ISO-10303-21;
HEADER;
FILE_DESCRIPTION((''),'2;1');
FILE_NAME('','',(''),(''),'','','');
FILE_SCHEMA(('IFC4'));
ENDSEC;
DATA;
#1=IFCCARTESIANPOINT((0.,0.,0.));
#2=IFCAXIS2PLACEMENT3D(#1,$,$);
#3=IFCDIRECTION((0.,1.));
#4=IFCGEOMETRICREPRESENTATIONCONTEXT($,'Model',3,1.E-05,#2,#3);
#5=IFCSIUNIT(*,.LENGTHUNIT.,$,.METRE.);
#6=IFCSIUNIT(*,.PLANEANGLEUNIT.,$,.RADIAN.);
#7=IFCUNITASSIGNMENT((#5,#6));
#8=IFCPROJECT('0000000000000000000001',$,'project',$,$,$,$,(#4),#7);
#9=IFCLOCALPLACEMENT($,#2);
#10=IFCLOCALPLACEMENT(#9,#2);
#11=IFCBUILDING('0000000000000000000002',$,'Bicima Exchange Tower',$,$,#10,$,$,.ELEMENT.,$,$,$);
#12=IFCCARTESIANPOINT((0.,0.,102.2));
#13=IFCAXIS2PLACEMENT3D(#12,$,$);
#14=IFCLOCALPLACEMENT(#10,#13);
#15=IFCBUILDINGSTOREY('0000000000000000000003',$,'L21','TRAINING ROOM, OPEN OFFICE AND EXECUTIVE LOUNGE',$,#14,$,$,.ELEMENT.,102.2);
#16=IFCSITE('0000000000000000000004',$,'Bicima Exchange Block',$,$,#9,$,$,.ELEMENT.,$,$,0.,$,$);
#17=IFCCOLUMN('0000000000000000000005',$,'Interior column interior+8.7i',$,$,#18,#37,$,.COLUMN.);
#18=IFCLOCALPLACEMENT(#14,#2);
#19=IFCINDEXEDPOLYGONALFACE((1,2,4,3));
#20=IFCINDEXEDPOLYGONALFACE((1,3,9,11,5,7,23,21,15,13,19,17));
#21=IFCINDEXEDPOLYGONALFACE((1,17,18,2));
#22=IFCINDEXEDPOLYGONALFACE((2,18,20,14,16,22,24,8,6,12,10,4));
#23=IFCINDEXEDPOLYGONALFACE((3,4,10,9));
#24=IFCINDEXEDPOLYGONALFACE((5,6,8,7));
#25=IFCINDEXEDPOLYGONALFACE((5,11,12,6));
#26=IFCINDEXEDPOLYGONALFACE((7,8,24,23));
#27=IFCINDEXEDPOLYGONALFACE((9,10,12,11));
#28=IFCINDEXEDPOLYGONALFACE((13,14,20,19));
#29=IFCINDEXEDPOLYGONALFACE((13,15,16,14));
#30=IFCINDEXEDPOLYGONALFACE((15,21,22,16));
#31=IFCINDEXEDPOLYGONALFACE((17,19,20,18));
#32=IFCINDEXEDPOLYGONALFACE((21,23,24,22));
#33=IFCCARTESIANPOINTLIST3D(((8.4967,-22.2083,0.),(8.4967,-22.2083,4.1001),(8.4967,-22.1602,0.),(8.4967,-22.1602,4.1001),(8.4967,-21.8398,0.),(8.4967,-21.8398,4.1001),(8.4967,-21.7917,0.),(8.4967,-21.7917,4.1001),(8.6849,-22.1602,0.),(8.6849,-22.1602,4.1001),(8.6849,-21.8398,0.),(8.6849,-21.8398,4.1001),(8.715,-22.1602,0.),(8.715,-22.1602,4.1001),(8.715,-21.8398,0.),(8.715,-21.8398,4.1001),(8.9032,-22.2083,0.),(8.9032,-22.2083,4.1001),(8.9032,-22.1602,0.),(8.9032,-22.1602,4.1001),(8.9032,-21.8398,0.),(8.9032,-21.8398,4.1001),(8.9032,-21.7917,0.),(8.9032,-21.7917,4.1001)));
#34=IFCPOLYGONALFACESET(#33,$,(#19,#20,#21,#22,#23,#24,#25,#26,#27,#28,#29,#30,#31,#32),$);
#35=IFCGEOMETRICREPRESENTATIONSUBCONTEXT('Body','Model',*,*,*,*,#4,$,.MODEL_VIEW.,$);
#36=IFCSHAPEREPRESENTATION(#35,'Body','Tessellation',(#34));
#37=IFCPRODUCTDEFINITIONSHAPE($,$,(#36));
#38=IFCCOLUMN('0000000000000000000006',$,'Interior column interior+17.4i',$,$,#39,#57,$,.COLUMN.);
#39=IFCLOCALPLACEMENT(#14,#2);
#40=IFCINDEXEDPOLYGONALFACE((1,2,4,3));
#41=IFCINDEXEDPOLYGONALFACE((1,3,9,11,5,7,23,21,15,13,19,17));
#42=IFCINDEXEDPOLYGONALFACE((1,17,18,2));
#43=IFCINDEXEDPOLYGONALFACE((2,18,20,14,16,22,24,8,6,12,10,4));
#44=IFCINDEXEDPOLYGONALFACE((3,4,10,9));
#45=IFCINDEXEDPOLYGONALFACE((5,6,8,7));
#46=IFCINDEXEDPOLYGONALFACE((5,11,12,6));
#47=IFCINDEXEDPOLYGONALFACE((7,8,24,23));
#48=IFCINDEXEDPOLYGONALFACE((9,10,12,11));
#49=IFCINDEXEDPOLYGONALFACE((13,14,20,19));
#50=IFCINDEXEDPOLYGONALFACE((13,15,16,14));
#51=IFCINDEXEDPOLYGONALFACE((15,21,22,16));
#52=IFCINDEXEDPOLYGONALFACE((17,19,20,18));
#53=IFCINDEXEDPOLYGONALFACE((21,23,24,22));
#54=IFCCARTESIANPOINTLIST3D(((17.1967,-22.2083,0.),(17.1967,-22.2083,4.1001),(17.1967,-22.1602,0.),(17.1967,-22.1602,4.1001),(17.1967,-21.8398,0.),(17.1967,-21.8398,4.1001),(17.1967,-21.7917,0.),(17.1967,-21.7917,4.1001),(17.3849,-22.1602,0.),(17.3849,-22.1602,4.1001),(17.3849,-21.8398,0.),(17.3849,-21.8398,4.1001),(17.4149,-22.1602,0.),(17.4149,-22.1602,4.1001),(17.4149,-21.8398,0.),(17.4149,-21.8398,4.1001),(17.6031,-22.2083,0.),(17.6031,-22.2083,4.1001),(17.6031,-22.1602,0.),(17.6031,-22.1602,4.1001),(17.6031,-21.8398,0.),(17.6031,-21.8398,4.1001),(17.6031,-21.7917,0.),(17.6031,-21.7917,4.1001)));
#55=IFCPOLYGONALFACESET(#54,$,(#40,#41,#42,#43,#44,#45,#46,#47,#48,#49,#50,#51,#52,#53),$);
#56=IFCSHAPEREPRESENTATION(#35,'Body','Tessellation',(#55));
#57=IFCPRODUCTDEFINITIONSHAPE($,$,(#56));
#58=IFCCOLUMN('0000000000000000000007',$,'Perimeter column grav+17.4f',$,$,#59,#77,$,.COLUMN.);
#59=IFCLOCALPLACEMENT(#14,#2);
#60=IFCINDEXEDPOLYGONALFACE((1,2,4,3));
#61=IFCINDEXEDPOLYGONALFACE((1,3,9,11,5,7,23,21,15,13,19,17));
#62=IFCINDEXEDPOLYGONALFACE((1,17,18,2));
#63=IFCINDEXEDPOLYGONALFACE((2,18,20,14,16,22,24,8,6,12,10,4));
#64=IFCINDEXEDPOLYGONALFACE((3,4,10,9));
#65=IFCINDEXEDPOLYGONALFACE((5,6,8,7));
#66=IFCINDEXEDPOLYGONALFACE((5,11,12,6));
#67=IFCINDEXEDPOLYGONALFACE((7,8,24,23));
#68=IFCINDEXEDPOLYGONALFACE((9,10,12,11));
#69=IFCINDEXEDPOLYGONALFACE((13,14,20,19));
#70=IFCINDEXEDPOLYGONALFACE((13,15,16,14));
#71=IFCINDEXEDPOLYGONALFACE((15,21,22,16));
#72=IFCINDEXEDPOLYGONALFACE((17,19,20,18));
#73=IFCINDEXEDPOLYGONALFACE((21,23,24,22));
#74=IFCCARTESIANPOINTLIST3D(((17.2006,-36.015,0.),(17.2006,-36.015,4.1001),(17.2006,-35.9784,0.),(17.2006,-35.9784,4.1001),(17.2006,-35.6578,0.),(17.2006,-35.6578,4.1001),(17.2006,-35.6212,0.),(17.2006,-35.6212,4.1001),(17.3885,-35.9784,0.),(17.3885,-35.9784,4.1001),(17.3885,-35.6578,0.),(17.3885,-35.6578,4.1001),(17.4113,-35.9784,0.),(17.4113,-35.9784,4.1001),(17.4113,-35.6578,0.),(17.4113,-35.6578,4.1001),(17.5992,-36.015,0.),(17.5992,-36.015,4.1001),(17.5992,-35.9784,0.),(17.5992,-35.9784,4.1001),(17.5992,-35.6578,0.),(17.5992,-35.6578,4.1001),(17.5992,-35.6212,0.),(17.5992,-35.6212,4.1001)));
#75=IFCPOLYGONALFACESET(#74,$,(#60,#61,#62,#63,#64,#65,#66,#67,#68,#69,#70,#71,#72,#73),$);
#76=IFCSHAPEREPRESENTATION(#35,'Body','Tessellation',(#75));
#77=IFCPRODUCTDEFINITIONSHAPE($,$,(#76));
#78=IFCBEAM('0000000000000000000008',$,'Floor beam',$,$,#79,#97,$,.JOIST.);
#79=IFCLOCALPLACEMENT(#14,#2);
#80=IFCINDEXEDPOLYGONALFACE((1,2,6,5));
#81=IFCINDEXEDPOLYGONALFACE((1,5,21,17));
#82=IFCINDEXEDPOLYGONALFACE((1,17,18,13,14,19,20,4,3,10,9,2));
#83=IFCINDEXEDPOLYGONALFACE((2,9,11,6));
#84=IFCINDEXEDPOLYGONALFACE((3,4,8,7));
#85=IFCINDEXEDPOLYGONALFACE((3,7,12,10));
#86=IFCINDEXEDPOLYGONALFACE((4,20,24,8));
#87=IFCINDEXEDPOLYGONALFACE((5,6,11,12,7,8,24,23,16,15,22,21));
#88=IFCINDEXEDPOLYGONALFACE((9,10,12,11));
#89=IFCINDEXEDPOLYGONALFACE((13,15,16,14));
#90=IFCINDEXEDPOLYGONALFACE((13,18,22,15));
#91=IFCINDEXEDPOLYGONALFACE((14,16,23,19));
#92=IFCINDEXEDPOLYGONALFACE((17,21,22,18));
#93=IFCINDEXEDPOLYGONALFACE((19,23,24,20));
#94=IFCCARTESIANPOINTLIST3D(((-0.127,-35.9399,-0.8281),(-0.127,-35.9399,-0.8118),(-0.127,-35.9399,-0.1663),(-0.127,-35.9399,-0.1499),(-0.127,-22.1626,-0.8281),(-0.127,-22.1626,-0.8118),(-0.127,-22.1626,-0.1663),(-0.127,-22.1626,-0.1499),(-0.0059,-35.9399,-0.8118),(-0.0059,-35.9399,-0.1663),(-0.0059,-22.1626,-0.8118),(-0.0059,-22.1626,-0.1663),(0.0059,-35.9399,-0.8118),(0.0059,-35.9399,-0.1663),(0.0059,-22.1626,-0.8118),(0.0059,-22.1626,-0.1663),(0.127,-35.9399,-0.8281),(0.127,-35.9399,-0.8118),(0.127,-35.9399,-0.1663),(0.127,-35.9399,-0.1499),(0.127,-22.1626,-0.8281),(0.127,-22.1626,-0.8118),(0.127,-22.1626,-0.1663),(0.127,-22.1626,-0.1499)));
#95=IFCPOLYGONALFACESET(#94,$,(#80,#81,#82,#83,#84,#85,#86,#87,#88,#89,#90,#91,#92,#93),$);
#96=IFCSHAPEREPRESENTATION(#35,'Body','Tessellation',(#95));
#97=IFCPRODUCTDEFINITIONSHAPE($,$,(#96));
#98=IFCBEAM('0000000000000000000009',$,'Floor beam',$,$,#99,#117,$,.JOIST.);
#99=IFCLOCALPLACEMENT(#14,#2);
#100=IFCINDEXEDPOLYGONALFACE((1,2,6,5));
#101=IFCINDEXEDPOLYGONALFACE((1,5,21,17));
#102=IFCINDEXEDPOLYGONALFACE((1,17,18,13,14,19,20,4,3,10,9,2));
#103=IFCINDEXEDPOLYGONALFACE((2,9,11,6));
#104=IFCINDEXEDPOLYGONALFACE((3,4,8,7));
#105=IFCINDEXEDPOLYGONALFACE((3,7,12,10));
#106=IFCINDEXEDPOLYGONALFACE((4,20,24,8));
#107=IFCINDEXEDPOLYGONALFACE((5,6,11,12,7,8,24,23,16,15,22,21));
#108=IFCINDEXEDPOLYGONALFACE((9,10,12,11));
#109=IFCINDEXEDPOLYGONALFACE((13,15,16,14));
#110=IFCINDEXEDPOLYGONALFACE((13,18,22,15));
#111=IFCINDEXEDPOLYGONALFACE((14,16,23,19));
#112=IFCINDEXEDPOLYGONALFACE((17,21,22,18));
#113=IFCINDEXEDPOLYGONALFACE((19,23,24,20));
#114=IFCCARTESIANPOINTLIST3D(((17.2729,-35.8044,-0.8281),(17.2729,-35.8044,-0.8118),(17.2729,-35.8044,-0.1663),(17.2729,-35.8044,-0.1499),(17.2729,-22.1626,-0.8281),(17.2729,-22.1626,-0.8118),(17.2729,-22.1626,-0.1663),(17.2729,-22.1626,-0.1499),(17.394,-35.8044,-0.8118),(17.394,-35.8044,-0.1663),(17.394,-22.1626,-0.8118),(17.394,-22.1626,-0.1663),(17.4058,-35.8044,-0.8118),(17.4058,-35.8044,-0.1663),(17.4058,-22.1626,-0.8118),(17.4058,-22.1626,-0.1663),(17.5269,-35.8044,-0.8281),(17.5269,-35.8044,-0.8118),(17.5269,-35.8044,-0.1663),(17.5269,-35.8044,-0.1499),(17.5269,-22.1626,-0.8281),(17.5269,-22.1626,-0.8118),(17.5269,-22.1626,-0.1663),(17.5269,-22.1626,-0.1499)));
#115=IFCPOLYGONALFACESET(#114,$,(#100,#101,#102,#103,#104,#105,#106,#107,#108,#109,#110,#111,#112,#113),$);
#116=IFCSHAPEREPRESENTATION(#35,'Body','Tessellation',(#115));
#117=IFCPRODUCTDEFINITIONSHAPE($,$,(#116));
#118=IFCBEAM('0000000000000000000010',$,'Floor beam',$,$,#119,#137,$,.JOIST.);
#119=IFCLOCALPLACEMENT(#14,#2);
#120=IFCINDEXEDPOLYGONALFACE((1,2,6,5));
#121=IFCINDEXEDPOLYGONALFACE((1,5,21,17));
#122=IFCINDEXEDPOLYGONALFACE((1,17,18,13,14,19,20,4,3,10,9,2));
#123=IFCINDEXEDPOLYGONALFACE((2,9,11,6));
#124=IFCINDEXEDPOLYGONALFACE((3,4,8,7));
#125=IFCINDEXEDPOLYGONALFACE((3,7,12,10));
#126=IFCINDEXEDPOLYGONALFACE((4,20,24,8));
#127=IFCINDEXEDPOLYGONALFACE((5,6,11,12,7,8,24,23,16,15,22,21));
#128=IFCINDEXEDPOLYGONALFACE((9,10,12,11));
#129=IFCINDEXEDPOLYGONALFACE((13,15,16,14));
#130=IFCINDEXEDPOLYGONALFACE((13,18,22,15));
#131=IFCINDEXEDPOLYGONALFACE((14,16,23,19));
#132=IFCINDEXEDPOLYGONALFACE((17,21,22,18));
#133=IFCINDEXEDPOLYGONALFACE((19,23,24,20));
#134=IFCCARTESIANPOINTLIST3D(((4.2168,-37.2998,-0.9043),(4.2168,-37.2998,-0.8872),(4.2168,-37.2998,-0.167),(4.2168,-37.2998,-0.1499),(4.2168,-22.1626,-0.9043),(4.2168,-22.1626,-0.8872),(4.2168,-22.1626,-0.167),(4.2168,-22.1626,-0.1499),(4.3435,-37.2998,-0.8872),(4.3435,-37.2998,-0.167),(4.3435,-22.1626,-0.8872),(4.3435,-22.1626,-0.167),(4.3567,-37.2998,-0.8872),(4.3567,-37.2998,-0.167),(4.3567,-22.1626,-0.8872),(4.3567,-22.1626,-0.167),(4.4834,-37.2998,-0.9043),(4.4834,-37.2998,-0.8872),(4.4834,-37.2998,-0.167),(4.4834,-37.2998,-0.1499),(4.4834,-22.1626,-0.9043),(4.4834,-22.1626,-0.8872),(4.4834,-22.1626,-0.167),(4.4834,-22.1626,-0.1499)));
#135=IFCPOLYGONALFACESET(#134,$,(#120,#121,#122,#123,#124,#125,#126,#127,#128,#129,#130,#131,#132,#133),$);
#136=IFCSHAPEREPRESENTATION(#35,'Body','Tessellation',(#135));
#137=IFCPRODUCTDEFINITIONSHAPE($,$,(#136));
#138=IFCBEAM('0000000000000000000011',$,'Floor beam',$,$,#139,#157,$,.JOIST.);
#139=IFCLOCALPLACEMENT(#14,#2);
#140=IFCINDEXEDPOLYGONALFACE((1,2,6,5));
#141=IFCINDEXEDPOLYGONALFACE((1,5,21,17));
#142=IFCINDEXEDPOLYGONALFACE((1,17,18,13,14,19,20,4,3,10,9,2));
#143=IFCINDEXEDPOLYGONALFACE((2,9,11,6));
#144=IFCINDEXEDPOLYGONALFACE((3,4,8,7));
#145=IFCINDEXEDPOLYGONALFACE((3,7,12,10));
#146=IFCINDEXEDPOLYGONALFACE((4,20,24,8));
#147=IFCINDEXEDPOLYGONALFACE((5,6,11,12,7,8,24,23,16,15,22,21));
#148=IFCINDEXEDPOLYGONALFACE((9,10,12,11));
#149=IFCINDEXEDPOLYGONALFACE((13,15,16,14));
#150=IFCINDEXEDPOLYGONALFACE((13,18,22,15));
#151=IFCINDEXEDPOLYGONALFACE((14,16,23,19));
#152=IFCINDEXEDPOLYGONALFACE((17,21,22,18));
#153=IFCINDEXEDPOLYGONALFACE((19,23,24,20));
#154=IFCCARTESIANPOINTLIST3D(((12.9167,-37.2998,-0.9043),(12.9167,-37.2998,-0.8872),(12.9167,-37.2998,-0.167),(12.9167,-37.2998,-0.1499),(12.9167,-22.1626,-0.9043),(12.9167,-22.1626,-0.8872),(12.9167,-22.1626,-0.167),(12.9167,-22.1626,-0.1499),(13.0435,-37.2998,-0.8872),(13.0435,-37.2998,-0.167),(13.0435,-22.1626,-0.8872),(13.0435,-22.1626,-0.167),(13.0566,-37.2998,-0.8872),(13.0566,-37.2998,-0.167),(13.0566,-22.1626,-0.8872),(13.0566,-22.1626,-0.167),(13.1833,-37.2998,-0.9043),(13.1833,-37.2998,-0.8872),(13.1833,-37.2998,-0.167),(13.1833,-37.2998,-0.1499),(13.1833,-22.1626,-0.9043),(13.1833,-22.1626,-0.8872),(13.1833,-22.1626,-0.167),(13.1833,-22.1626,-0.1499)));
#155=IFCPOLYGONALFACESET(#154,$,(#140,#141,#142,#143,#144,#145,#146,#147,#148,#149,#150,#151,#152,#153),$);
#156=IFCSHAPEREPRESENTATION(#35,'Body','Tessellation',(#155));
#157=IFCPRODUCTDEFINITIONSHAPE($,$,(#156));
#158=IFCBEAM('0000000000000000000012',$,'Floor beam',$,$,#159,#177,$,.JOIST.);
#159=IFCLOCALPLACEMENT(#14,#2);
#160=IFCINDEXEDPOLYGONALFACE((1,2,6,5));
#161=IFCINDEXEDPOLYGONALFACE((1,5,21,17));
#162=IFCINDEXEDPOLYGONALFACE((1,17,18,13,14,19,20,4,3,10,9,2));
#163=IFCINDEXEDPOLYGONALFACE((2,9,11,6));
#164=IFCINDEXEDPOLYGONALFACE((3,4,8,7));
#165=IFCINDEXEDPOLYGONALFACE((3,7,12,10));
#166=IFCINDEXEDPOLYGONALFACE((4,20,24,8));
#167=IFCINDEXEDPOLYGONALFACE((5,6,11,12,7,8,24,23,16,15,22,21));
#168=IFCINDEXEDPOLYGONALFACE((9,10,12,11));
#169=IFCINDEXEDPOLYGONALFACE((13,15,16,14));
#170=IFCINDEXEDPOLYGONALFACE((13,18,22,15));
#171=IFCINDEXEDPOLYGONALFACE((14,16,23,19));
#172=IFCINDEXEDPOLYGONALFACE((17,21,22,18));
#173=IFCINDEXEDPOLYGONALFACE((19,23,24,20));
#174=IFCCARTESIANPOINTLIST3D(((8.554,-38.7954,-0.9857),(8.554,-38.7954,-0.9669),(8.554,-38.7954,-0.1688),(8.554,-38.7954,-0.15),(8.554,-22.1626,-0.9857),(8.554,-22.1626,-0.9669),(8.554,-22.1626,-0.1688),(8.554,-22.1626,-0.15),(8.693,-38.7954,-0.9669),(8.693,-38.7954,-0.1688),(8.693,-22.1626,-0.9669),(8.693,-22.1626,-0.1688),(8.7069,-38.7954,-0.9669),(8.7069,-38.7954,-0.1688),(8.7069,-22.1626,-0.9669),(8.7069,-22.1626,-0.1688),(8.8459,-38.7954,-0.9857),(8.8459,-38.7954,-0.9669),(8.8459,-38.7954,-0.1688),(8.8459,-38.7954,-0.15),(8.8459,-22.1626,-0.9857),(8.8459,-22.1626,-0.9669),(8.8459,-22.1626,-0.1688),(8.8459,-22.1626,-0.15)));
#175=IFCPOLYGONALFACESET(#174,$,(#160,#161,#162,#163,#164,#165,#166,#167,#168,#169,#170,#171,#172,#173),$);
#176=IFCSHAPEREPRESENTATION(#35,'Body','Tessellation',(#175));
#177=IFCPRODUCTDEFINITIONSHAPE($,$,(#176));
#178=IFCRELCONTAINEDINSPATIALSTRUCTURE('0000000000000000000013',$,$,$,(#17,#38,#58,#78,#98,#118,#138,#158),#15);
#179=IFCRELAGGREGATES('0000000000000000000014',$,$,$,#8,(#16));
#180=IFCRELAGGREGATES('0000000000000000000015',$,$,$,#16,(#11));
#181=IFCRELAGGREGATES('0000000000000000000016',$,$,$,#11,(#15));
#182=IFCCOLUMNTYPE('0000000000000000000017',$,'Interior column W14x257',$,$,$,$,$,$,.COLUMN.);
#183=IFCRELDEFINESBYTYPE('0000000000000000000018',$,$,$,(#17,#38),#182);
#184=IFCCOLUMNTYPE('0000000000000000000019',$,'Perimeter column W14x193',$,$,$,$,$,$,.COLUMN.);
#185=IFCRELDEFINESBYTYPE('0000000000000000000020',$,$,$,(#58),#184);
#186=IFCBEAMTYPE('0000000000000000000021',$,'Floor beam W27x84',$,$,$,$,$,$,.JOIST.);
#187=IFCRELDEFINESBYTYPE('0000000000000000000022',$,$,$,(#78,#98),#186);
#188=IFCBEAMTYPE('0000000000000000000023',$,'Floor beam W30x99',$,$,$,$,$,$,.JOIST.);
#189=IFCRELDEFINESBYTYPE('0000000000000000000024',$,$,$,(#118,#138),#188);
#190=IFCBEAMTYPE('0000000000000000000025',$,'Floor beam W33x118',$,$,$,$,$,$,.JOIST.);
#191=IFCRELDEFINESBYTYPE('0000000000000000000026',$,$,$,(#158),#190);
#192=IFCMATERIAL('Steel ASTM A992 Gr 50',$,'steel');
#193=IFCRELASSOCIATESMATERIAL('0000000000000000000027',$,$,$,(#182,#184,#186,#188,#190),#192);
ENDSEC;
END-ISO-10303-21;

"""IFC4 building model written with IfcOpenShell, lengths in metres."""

from ifc_helpers import new_model, si_unit, direction, frame, origin, origin_2d, place, context, subcontext, project, spatial, i_section, extrude, material, material_profile, profile_set, type_object, element, save


model = new_model("IFC4")

# Units and contexts
model_context = context("Model", 3, precision=1e-05, world=origin(), true_north=direction((0.0, 1.0)))
body_context = subcontext(model_context, "Body", "Model", "MODEL_VIEW")
ifc_project = project(units=[si_unit("LENGTHUNIT", "METRE"), si_unit("PLANEANGLEUNIT", "RADIAN")], contexts=[model_context])

# Site, building, storey
site_placement = place(None, origin())
site = spatial("IfcSite", under=ifc_project, at=site_placement, Name="Bicima Exchange Block", CompositionType="ELEMENT", RefElevation=0.0)
building_placement = place(site_placement, origin())
building = spatial("IfcBuilding", under=site, at=building_placement, Name="Bicima Exchange Tower", CompositionType="ELEMENT")
storey_placement = place(building_placement, frame((0.0, 0.0, 102.2)))
storey = spatial("IfcBuildingStorey", under=building, at=storey_placement, Name="L21", Description="TRAINING ROOM, OPEN OFFICE AND EXECUTIVE LOUNGE", CompositionType="ELEMENT", Elevation=102.2)

# Columns
ifc_material_1 = material(Name="Steel ASTM A992 Gr 50", Category="steel")
ifc_material_profile_1 = material_profile(ifc_material_1, i_section(OverallWidth=0.4065, OverallDepth=0.4165, WebThickness=0.03, FlangeThickness=0.0481, at=origin_2d()))
ifc_profile_set_1 = profile_set([ifc_material_profile_1], Name="Steel ASTM A992 Gr 50")
column_type_1 = type_object("IfcColumnType", Name="Interior column W14x257", PredefinedType="COLUMN", material=ifc_profile_set_1)
for number, where, z_axis, x_axis, name in (
    (1, (8.7, -22.0, 0.0), (0.0, 0.0, 1.0), (1.0, 0.0, 0.0), "Interior column interior+8.7i"),
    (2, (17.3999, -22.0, 0.0), (0.0, 0.0, 1.0), (1.0, 0.0, 0.0), "Interior column interior+17.4i"),
):
    element("IfcColumn", number, at=place(storey_placement, frame(where, z_axis=z_axis, x_axis=x_axis)), inside=storey, type_object=column_type_1, Name=name, PredefinedType="COLUMN", context=body_context, shape_type="SweptSolid", body=[
        extrude(i_section(OverallWidth=0.4065, OverallDepth=0.4165, WebThickness=0.03, FlangeThickness=0.0481, at=origin_2d()), origin(), (0.0, 0.0, 1.0), 4.1001),
    ])
ifc_material_profile_2 = material_profile(ifc_material_1, i_section(OverallWidth=0.3987, OverallDepth=0.3938, WebThickness=0.0227, FlangeThickness=0.0366, at=origin_2d()))
ifc_profile_set_2 = profile_set([ifc_material_profile_2], Name="Steel ASTM A992 Gr 50")
column_type_2 = type_object("IfcColumnType", Name="Perimeter column W14x193", PredefinedType="COLUMN", material=ifc_profile_set_2)
column_placement = place(storey_placement, frame((17.3999, -35.8181, 0.0), z_axis=(0.0, 0.0, 1.0), x_axis=(1.0, 0.0, 0.0)))
element("IfcColumn", 3, at=column_placement, inside=storey, type_object=column_type_2, Name="Perimeter column grav+17.4f", PredefinedType="COLUMN", context=body_context, shape_type="SweptSolid", body=[
    extrude(i_section(OverallWidth=0.3987, OverallDepth=0.3938, WebThickness=0.0227, FlangeThickness=0.0366, at=origin_2d()), origin(), (0.0, 0.0, 1.0), 4.1001),
])

# Beams
ifc_material_profile_3 = material_profile(ifc_material_1, i_section(OverallWidth=0.2539, OverallDepth=0.6782, WebThickness=0.0117, FlangeThickness=0.0164, at=origin_2d()))
ifc_profile_set_3 = profile_set([ifc_material_profile_3], Name="Steel ASTM A992 Gr 50")
beam_type_1 = type_object("IfcBeamType", Name="Floor beam W27x84", PredefinedType="JOIST", material=ifc_profile_set_3)
beam_1_placement = place(storey_placement, frame((0.0, -22.1626, -0.489), z_axis=(0.0, -1.0, 0.0), x_axis=(1.0, 0.0, 0.0)))
element("IfcBeam", 4, at=beam_1_placement, inside=storey, type_object=beam_type_1, Name="Floor beam", PredefinedType="JOIST", context=body_context, shape_type="SweptSolid", body=[
    extrude(i_section(OverallWidth=0.2539, OverallDepth=0.6782, WebThickness=0.0117, FlangeThickness=0.0164, at=origin_2d()), origin(), (0.0, 0.0, 1.0), 13.7773),
])
beam_2_placement = place(storey_placement, frame((17.3999, -22.1626, -0.489), z_axis=(0.0, -1.0, 0.0), x_axis=(1.0, 0.0, 0.0)))
element("IfcBeam", 5, at=beam_2_placement, inside=storey, type_object=beam_type_1, Name="Floor beam", PredefinedType="JOIST", context=body_context, shape_type="SweptSolid", body=[
    extrude(i_section(OverallWidth=0.2539, OverallDepth=0.6782, WebThickness=0.0117, FlangeThickness=0.0164, at=origin_2d()), origin(), (0.0, 0.0, 1.0), 13.6418),
])
ifc_material_profile_4 = material_profile(ifc_material_1, i_section(OverallWidth=0.2666, OverallDepth=0.7544, WebThickness=0.0132, FlangeThickness=0.0171, at=origin_2d()))
ifc_profile_set_4 = profile_set([ifc_material_profile_4], Name="Steel ASTM A992 Gr 50")
beam_type_2 = type_object("IfcBeamType", Name="Floor beam W30x99", PredefinedType="JOIST", material=ifc_profile_set_4)
for number, where, z_axis, x_axis, name in (
    (6, (4.3501, -22.1626, -0.5271), (0.0, -1.0, 0.0), (1.0, 0.0, 0.0), "Floor beam"),
    (7, (13.05, -22.1626, -0.5271), (0.0, -1.0, 0.0), (1.0, 0.0, 0.0), "Floor beam"),
):
    element("IfcBeam", number, at=place(storey_placement, frame(where, z_axis=z_axis, x_axis=x_axis)), inside=storey, type_object=beam_type_2, Name=name, PredefinedType="JOIST", context=body_context, shape_type="SweptSolid", body=[
        extrude(i_section(OverallWidth=0.2666, OverallDepth=0.7544, WebThickness=0.0132, FlangeThickness=0.0171, at=origin_2d()), origin(), (0.0, 0.0, 1.0), 15.1372),
    ])
ifc_material_profile_5 = material_profile(ifc_material_1, i_section(OverallWidth=0.292, OverallDepth=0.8357, WebThickness=0.0139, FlangeThickness=0.0188, at=origin_2d()))
ifc_profile_set_5 = profile_set([ifc_material_profile_5], Name="Steel ASTM A992 Gr 50")
beam_type_3 = type_object("IfcBeamType", Name="Floor beam W33x118", PredefinedType="JOIST", material=ifc_profile_set_5)
beam_3_placement = place(storey_placement, frame((8.7, -22.1626, -0.5679), z_axis=(0.0, -1.0, 0.0), x_axis=(1.0, 0.0, 0.0)))
element("IfcBeam", 8, at=beam_3_placement, inside=storey, type_object=beam_type_3, Name="Floor beam", PredefinedType="JOIST", context=body_context, shape_type="SweptSolid", body=[
    extrude(i_section(OverallWidth=0.292, OverallDepth=0.8357, WebThickness=0.0139, FlangeThickness=0.0188, at=origin_2d()), origin(), (0.0, 0.0, 1.0), 16.6328),
])

save(model, "model.ifc")
